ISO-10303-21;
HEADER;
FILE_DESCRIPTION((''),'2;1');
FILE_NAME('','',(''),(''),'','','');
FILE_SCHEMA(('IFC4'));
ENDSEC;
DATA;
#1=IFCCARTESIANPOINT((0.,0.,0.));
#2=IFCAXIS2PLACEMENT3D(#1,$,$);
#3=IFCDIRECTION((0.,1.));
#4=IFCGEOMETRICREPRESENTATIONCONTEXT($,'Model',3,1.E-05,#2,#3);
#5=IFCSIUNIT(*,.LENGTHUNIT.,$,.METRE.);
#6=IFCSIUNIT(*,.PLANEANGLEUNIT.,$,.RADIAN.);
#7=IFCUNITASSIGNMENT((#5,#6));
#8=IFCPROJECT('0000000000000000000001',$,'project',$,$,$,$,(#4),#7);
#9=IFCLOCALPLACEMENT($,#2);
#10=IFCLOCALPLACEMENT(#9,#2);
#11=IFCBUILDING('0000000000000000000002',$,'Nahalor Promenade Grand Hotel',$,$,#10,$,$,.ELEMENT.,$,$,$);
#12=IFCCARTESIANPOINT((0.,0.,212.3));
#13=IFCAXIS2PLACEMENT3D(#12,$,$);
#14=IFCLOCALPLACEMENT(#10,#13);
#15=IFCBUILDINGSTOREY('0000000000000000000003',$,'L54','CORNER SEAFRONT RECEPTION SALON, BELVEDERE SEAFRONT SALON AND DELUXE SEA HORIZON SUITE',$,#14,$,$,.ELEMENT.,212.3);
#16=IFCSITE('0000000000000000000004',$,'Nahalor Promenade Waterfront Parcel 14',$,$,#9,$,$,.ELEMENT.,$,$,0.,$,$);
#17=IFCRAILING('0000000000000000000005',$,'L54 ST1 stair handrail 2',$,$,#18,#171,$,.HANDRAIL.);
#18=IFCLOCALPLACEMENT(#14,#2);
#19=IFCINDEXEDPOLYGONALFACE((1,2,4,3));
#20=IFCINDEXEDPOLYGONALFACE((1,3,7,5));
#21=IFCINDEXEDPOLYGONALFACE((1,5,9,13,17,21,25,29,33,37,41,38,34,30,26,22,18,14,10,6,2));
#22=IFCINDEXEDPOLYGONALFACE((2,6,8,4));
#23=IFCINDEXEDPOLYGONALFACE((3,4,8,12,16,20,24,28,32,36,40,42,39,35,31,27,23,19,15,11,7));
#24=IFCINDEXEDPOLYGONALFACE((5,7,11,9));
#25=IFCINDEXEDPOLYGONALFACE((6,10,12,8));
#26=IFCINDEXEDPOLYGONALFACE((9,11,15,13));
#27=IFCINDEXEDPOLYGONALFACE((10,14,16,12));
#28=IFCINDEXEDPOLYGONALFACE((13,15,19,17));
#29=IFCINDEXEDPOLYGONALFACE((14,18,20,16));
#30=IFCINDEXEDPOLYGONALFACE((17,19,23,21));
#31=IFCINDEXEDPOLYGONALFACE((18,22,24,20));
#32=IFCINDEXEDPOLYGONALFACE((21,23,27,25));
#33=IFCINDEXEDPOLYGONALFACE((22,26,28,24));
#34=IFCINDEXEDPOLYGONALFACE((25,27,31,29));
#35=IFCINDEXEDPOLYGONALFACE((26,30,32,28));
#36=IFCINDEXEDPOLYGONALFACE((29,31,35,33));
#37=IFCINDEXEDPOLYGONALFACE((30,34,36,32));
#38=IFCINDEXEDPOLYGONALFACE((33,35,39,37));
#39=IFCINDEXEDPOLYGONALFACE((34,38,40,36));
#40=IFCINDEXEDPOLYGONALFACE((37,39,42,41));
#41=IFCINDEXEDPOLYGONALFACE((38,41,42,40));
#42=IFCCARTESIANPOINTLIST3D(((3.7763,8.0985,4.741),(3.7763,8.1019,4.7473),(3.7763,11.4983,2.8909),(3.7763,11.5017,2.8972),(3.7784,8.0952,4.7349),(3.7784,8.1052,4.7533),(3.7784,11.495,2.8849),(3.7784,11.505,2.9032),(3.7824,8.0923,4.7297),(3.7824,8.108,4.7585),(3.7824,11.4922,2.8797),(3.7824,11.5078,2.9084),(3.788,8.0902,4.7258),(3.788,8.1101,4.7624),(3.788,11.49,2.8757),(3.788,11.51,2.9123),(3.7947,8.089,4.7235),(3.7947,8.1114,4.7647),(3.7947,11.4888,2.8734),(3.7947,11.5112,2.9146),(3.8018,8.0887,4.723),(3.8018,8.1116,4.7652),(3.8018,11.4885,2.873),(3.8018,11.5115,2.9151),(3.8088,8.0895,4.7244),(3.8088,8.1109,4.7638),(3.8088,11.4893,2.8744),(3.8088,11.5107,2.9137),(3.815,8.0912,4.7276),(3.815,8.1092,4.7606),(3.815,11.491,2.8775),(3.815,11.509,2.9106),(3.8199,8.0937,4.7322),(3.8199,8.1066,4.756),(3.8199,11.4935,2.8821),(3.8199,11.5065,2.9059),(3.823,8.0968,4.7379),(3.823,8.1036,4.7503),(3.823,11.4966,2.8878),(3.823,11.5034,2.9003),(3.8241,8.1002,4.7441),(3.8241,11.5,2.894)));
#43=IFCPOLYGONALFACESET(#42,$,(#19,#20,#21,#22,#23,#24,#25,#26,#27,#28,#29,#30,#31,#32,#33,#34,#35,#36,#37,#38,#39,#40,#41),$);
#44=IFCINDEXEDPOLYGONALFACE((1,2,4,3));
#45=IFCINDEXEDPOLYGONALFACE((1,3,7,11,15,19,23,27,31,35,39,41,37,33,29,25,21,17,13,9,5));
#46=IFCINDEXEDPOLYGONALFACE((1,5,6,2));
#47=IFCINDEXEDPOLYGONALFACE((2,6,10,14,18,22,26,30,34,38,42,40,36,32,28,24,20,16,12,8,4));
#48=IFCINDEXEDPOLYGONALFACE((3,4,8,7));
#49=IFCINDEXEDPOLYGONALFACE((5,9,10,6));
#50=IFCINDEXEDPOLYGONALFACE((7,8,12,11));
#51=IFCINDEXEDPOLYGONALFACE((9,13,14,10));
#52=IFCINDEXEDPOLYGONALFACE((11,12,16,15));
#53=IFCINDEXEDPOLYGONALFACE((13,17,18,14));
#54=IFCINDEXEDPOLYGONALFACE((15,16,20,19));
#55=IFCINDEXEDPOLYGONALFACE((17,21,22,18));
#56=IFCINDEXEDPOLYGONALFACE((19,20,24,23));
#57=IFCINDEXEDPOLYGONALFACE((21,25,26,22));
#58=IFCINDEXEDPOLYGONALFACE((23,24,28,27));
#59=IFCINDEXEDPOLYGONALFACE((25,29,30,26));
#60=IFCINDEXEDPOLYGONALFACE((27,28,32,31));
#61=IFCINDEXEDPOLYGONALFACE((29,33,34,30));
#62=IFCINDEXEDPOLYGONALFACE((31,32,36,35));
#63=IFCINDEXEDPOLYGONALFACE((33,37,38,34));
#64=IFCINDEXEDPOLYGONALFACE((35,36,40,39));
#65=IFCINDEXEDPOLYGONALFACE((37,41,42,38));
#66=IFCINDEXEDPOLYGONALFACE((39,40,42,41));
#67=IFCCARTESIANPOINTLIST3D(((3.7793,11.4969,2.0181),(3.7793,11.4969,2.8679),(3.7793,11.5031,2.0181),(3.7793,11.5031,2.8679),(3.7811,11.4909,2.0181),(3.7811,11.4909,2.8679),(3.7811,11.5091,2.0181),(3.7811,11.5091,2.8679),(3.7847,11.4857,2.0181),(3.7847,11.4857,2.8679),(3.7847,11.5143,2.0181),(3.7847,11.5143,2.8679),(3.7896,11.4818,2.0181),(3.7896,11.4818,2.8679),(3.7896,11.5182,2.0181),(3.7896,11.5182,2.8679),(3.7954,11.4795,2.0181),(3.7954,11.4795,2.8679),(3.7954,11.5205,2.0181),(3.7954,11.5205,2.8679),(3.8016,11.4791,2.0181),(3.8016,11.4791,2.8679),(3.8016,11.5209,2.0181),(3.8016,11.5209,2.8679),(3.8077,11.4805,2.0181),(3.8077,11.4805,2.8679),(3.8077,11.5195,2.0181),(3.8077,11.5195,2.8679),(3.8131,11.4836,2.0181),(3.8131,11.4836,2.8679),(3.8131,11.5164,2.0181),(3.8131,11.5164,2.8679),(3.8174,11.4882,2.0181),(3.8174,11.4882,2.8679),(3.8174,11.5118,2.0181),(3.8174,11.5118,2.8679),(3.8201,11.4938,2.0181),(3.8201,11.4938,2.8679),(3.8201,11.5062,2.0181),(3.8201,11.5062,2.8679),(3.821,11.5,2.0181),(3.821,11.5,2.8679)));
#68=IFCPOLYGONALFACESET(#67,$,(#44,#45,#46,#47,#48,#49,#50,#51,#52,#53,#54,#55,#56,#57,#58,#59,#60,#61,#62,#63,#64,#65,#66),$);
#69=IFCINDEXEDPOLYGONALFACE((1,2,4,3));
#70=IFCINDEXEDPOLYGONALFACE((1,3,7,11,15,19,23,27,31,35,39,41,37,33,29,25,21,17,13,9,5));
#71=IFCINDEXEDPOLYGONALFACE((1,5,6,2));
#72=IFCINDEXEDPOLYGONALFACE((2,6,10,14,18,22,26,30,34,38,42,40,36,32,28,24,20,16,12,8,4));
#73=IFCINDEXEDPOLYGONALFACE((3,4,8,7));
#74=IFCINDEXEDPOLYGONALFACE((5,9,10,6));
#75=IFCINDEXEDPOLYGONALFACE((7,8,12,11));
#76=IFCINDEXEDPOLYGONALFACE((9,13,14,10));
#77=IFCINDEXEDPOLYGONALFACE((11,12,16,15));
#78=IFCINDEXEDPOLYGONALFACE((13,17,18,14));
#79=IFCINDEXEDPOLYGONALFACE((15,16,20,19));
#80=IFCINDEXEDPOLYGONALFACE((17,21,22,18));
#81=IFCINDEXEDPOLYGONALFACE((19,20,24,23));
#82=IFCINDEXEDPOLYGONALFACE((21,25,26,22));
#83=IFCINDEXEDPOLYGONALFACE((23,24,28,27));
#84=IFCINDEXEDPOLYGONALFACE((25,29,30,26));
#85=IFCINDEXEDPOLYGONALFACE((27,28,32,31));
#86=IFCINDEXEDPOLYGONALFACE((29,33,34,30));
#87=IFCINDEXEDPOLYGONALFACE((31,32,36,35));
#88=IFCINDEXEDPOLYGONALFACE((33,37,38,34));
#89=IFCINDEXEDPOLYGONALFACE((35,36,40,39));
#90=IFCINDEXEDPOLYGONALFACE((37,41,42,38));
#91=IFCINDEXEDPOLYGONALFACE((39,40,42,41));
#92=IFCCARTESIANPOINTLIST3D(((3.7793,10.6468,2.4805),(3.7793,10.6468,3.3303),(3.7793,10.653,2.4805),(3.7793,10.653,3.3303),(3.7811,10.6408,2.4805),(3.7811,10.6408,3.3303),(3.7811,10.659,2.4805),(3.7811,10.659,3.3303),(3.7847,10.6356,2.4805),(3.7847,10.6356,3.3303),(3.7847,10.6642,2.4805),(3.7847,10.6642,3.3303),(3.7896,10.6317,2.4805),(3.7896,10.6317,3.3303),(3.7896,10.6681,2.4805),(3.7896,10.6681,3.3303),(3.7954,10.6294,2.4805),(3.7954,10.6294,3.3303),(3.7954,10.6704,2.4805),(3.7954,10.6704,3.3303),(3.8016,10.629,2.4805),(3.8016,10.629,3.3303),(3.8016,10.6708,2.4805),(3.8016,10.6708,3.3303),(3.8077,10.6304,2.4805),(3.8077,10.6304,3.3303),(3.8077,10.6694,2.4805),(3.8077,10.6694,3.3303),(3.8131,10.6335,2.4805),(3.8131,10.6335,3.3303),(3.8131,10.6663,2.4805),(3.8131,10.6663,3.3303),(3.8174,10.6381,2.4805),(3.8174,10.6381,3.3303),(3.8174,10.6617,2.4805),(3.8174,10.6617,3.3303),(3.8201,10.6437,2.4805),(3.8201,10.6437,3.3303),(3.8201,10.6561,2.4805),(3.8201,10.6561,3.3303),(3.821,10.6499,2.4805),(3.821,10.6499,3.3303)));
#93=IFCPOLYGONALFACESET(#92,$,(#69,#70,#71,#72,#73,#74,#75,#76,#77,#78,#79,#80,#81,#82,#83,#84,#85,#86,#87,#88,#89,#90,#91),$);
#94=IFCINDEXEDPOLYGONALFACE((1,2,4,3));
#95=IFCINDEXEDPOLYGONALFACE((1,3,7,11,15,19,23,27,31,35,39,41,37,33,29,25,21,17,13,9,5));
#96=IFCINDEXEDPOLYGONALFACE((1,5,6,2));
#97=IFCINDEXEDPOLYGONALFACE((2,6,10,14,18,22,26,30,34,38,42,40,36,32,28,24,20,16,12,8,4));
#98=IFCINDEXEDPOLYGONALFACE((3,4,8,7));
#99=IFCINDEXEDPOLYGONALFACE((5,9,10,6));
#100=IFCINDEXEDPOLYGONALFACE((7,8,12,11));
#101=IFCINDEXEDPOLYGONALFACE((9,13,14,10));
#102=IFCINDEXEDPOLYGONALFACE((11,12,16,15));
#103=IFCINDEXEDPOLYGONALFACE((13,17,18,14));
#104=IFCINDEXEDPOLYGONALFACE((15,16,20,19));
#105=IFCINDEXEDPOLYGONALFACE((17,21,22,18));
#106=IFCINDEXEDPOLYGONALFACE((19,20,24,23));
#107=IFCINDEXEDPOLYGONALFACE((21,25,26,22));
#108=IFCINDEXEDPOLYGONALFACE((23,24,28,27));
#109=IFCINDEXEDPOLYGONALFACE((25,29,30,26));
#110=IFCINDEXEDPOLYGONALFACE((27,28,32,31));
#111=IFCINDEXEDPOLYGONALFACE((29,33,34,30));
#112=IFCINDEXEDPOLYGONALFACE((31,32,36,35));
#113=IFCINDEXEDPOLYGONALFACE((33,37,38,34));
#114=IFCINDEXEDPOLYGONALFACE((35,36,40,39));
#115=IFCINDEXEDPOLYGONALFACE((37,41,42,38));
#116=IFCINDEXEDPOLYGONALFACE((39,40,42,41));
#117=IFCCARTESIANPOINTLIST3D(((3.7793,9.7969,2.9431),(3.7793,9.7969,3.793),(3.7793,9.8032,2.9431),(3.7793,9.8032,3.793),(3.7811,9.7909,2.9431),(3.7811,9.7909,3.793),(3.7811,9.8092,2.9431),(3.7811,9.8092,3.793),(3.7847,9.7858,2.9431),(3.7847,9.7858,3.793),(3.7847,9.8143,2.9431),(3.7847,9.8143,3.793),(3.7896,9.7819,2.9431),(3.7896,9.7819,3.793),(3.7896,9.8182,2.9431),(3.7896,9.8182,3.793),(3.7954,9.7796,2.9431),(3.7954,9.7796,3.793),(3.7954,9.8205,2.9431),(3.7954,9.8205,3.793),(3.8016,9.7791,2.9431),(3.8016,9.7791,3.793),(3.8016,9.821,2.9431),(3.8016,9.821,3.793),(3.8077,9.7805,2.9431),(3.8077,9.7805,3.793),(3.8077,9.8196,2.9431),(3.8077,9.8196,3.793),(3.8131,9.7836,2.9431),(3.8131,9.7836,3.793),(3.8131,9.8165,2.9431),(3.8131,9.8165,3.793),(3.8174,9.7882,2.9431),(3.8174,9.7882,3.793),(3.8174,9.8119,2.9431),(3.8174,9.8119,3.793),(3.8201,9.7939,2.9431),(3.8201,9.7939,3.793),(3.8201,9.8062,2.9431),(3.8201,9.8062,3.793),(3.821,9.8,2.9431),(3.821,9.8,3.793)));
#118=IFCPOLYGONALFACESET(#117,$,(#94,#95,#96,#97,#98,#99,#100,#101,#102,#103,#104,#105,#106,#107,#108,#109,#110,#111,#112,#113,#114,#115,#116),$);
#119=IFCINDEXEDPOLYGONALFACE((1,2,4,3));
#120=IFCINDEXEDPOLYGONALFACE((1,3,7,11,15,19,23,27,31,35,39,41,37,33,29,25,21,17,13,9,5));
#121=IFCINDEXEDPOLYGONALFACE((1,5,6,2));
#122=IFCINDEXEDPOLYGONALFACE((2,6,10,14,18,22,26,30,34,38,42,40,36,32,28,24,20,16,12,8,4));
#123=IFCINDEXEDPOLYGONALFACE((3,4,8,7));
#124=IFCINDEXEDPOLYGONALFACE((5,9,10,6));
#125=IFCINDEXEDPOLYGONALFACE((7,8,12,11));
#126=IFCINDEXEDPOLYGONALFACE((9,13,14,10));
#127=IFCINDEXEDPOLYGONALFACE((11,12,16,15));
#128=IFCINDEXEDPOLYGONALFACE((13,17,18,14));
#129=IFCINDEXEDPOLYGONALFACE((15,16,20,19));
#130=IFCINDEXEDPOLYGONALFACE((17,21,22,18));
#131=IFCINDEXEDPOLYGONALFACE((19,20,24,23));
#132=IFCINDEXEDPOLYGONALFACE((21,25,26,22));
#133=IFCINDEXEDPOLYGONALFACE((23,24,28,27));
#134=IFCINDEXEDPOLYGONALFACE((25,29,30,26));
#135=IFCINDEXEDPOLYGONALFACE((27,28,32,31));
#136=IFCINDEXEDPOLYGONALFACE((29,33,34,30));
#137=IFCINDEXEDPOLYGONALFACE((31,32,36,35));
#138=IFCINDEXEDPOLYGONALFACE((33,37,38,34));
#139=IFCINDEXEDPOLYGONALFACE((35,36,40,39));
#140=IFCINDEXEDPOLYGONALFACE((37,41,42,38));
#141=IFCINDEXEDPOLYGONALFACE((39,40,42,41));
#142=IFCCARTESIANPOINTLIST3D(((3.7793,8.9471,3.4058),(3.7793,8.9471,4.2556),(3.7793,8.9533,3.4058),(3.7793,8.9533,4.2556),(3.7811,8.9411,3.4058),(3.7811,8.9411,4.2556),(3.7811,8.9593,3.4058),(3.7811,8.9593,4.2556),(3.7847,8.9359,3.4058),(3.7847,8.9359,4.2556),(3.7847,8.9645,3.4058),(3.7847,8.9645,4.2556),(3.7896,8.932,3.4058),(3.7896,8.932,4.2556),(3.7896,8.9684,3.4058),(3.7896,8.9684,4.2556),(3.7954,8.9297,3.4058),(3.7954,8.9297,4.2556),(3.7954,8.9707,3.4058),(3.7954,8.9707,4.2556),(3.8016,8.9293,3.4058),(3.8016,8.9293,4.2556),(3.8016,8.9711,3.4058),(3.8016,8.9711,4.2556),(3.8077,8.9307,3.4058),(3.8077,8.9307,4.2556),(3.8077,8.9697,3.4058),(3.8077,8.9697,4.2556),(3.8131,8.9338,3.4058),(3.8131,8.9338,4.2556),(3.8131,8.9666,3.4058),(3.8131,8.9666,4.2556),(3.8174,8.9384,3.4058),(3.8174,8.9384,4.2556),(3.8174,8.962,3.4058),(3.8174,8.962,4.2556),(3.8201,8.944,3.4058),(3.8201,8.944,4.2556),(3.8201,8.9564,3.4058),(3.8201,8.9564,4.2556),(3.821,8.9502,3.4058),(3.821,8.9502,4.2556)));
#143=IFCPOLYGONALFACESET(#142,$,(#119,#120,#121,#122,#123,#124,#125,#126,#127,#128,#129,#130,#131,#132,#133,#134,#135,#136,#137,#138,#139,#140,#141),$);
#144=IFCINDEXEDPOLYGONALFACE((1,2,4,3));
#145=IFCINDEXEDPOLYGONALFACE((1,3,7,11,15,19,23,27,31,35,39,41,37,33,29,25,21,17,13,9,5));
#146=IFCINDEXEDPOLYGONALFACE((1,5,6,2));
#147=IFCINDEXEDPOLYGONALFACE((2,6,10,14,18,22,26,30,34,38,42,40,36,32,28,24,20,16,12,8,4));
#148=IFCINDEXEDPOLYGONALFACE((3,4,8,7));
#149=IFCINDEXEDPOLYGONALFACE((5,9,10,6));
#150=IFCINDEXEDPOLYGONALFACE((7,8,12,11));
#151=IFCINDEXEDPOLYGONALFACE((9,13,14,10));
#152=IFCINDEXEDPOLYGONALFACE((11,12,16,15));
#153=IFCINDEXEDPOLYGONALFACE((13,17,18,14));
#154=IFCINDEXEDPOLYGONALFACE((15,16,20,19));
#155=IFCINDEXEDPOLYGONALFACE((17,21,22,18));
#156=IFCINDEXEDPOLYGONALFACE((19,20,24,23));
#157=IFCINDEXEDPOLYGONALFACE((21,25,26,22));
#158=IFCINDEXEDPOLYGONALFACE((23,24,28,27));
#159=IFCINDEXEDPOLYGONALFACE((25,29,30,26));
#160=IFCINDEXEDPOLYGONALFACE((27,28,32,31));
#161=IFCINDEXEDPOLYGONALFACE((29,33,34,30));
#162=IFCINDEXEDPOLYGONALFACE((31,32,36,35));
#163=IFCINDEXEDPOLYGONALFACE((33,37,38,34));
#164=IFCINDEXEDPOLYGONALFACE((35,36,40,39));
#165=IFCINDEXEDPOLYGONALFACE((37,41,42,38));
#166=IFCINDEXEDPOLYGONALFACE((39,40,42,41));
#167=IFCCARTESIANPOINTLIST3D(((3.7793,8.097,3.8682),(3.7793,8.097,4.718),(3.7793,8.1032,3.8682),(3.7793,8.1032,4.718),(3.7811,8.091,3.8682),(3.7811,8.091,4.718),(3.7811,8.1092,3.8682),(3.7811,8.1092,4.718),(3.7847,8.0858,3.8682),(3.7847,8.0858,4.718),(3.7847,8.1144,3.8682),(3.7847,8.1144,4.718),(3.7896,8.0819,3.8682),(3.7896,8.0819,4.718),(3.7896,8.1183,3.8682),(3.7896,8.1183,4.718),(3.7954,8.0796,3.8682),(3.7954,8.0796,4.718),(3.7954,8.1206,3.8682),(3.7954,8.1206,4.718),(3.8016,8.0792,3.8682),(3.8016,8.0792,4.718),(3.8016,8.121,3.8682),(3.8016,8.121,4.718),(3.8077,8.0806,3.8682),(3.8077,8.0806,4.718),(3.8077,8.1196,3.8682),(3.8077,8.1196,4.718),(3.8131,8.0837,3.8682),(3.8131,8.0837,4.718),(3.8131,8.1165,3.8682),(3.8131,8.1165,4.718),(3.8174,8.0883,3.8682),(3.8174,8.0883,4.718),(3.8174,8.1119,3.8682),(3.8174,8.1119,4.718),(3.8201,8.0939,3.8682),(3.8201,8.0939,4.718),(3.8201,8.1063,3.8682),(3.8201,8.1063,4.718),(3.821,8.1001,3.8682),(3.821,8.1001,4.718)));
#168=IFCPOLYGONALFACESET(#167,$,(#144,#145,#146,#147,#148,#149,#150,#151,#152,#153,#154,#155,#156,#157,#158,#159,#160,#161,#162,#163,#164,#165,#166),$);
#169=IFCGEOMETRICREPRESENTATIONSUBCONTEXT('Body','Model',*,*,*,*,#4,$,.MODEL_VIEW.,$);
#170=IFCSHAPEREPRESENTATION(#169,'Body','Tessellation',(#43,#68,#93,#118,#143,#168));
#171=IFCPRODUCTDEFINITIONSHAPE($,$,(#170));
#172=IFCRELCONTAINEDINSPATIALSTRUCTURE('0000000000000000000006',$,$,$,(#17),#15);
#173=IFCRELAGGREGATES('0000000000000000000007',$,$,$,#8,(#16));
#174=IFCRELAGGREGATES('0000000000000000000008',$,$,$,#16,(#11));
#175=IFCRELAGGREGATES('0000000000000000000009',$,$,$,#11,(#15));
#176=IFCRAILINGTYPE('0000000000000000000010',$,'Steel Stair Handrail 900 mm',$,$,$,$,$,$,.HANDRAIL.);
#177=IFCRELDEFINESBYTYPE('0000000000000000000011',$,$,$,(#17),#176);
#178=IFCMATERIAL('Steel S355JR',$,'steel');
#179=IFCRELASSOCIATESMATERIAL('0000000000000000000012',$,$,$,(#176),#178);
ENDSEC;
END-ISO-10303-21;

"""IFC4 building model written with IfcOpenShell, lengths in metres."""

from ifc_helpers import new_model, si_unit, direction, frame, origin, origin_2d, place, context, subcontext, project, spatial, circle, extrude, material, type_object, element, save


model = new_model("IFC4")

# Units and contexts
model_context = context("Model", 3, precision=1e-05, world=origin(), true_north=direction((0.0, 1.0)))
body_context = subcontext(model_context, "Body", "Model", "MODEL_VIEW")
ifc_project = project(units=[si_unit("LENGTHUNIT", "METRE"), si_unit("PLANEANGLEUNIT", "RADIAN")], contexts=[model_context])

# Site, building, storey
site_placement = place(None, origin())
site = spatial("IfcSite", under=ifc_project, at=site_placement, Name="Nahalor Promenade Waterfront Parcel 14", CompositionType="ELEMENT", RefElevation=0.0)
building_placement = place(site_placement, origin())
building = spatial("IfcBuilding", under=site, at=building_placement, Name="Nahalor Promenade Grand Hotel", CompositionType="ELEMENT")
storey_placement = place(building_placement, frame((0.0, 0.0, 212.3)))
storey = spatial("IfcBuildingStorey", under=building, at=storey_placement, Name="L54", Description="CORNER SEAFRONT RECEPTION SALON, BELVEDERE SEAFRONT SALON AND DELUXE SEA HORIZON SUITE", CompositionType="ELEMENT", Elevation=212.3)

# Shared definitions
ifc_material_1 = material(Name="Steel S355JR", Category="steel")

# Railing
railing_type_1 = type_object("IfcRailingType", Name="Steel Stair Handrail 900 mm", PredefinedType="HANDRAIL", material=ifc_material_1)
railing_1_placement = place(storey_placement, frame((3.8, 11.5, 2.0181)))
element("IfcRailing", 1, at=railing_1_placement, inside=storey, type_object=railing_type_1, Name="L54 ST1 stair handrail 2", PredefinedType="HANDRAIL", context=body_context, shape_type="SweptSolid", body=[
    extrude(circle(Radius=0.024, at=origin_2d()), frame((0.0, 0.0, 0.876), z_axis=(0.0, -0.878372, 0.477977), x_axis=(1.0, 0.0, 0.0)), (0.0, 0.0, 1.0), 3.8706),
    extrude(circle(Radius=0.021, at=origin_2d()), origin(), (0.0, 0.0, 1.0), 0.8499),
    extrude(circle(Radius=0.021, at=origin_2d()), frame((0.0, -0.8501, 0.4624)), (0.0, 0.0, 1.0), 0.8499),
    extrude(circle(Radius=0.021, at=origin_2d()), frame((0.0, -1.7, 0.925)), (0.0, 0.0, 1.0), 0.8499),
    extrude(circle(Radius=0.021, at=origin_2d()), frame((0.0, -2.5498, 1.3877)), (0.0, 0.0, 1.0), 0.8499),
    extrude(circle(Radius=0.021, at=origin_2d()), frame((0.0, -3.3999, 1.8501)), (0.0, 0.0, 1.0), 0.8499),
])

save(model, "model.ifc")
